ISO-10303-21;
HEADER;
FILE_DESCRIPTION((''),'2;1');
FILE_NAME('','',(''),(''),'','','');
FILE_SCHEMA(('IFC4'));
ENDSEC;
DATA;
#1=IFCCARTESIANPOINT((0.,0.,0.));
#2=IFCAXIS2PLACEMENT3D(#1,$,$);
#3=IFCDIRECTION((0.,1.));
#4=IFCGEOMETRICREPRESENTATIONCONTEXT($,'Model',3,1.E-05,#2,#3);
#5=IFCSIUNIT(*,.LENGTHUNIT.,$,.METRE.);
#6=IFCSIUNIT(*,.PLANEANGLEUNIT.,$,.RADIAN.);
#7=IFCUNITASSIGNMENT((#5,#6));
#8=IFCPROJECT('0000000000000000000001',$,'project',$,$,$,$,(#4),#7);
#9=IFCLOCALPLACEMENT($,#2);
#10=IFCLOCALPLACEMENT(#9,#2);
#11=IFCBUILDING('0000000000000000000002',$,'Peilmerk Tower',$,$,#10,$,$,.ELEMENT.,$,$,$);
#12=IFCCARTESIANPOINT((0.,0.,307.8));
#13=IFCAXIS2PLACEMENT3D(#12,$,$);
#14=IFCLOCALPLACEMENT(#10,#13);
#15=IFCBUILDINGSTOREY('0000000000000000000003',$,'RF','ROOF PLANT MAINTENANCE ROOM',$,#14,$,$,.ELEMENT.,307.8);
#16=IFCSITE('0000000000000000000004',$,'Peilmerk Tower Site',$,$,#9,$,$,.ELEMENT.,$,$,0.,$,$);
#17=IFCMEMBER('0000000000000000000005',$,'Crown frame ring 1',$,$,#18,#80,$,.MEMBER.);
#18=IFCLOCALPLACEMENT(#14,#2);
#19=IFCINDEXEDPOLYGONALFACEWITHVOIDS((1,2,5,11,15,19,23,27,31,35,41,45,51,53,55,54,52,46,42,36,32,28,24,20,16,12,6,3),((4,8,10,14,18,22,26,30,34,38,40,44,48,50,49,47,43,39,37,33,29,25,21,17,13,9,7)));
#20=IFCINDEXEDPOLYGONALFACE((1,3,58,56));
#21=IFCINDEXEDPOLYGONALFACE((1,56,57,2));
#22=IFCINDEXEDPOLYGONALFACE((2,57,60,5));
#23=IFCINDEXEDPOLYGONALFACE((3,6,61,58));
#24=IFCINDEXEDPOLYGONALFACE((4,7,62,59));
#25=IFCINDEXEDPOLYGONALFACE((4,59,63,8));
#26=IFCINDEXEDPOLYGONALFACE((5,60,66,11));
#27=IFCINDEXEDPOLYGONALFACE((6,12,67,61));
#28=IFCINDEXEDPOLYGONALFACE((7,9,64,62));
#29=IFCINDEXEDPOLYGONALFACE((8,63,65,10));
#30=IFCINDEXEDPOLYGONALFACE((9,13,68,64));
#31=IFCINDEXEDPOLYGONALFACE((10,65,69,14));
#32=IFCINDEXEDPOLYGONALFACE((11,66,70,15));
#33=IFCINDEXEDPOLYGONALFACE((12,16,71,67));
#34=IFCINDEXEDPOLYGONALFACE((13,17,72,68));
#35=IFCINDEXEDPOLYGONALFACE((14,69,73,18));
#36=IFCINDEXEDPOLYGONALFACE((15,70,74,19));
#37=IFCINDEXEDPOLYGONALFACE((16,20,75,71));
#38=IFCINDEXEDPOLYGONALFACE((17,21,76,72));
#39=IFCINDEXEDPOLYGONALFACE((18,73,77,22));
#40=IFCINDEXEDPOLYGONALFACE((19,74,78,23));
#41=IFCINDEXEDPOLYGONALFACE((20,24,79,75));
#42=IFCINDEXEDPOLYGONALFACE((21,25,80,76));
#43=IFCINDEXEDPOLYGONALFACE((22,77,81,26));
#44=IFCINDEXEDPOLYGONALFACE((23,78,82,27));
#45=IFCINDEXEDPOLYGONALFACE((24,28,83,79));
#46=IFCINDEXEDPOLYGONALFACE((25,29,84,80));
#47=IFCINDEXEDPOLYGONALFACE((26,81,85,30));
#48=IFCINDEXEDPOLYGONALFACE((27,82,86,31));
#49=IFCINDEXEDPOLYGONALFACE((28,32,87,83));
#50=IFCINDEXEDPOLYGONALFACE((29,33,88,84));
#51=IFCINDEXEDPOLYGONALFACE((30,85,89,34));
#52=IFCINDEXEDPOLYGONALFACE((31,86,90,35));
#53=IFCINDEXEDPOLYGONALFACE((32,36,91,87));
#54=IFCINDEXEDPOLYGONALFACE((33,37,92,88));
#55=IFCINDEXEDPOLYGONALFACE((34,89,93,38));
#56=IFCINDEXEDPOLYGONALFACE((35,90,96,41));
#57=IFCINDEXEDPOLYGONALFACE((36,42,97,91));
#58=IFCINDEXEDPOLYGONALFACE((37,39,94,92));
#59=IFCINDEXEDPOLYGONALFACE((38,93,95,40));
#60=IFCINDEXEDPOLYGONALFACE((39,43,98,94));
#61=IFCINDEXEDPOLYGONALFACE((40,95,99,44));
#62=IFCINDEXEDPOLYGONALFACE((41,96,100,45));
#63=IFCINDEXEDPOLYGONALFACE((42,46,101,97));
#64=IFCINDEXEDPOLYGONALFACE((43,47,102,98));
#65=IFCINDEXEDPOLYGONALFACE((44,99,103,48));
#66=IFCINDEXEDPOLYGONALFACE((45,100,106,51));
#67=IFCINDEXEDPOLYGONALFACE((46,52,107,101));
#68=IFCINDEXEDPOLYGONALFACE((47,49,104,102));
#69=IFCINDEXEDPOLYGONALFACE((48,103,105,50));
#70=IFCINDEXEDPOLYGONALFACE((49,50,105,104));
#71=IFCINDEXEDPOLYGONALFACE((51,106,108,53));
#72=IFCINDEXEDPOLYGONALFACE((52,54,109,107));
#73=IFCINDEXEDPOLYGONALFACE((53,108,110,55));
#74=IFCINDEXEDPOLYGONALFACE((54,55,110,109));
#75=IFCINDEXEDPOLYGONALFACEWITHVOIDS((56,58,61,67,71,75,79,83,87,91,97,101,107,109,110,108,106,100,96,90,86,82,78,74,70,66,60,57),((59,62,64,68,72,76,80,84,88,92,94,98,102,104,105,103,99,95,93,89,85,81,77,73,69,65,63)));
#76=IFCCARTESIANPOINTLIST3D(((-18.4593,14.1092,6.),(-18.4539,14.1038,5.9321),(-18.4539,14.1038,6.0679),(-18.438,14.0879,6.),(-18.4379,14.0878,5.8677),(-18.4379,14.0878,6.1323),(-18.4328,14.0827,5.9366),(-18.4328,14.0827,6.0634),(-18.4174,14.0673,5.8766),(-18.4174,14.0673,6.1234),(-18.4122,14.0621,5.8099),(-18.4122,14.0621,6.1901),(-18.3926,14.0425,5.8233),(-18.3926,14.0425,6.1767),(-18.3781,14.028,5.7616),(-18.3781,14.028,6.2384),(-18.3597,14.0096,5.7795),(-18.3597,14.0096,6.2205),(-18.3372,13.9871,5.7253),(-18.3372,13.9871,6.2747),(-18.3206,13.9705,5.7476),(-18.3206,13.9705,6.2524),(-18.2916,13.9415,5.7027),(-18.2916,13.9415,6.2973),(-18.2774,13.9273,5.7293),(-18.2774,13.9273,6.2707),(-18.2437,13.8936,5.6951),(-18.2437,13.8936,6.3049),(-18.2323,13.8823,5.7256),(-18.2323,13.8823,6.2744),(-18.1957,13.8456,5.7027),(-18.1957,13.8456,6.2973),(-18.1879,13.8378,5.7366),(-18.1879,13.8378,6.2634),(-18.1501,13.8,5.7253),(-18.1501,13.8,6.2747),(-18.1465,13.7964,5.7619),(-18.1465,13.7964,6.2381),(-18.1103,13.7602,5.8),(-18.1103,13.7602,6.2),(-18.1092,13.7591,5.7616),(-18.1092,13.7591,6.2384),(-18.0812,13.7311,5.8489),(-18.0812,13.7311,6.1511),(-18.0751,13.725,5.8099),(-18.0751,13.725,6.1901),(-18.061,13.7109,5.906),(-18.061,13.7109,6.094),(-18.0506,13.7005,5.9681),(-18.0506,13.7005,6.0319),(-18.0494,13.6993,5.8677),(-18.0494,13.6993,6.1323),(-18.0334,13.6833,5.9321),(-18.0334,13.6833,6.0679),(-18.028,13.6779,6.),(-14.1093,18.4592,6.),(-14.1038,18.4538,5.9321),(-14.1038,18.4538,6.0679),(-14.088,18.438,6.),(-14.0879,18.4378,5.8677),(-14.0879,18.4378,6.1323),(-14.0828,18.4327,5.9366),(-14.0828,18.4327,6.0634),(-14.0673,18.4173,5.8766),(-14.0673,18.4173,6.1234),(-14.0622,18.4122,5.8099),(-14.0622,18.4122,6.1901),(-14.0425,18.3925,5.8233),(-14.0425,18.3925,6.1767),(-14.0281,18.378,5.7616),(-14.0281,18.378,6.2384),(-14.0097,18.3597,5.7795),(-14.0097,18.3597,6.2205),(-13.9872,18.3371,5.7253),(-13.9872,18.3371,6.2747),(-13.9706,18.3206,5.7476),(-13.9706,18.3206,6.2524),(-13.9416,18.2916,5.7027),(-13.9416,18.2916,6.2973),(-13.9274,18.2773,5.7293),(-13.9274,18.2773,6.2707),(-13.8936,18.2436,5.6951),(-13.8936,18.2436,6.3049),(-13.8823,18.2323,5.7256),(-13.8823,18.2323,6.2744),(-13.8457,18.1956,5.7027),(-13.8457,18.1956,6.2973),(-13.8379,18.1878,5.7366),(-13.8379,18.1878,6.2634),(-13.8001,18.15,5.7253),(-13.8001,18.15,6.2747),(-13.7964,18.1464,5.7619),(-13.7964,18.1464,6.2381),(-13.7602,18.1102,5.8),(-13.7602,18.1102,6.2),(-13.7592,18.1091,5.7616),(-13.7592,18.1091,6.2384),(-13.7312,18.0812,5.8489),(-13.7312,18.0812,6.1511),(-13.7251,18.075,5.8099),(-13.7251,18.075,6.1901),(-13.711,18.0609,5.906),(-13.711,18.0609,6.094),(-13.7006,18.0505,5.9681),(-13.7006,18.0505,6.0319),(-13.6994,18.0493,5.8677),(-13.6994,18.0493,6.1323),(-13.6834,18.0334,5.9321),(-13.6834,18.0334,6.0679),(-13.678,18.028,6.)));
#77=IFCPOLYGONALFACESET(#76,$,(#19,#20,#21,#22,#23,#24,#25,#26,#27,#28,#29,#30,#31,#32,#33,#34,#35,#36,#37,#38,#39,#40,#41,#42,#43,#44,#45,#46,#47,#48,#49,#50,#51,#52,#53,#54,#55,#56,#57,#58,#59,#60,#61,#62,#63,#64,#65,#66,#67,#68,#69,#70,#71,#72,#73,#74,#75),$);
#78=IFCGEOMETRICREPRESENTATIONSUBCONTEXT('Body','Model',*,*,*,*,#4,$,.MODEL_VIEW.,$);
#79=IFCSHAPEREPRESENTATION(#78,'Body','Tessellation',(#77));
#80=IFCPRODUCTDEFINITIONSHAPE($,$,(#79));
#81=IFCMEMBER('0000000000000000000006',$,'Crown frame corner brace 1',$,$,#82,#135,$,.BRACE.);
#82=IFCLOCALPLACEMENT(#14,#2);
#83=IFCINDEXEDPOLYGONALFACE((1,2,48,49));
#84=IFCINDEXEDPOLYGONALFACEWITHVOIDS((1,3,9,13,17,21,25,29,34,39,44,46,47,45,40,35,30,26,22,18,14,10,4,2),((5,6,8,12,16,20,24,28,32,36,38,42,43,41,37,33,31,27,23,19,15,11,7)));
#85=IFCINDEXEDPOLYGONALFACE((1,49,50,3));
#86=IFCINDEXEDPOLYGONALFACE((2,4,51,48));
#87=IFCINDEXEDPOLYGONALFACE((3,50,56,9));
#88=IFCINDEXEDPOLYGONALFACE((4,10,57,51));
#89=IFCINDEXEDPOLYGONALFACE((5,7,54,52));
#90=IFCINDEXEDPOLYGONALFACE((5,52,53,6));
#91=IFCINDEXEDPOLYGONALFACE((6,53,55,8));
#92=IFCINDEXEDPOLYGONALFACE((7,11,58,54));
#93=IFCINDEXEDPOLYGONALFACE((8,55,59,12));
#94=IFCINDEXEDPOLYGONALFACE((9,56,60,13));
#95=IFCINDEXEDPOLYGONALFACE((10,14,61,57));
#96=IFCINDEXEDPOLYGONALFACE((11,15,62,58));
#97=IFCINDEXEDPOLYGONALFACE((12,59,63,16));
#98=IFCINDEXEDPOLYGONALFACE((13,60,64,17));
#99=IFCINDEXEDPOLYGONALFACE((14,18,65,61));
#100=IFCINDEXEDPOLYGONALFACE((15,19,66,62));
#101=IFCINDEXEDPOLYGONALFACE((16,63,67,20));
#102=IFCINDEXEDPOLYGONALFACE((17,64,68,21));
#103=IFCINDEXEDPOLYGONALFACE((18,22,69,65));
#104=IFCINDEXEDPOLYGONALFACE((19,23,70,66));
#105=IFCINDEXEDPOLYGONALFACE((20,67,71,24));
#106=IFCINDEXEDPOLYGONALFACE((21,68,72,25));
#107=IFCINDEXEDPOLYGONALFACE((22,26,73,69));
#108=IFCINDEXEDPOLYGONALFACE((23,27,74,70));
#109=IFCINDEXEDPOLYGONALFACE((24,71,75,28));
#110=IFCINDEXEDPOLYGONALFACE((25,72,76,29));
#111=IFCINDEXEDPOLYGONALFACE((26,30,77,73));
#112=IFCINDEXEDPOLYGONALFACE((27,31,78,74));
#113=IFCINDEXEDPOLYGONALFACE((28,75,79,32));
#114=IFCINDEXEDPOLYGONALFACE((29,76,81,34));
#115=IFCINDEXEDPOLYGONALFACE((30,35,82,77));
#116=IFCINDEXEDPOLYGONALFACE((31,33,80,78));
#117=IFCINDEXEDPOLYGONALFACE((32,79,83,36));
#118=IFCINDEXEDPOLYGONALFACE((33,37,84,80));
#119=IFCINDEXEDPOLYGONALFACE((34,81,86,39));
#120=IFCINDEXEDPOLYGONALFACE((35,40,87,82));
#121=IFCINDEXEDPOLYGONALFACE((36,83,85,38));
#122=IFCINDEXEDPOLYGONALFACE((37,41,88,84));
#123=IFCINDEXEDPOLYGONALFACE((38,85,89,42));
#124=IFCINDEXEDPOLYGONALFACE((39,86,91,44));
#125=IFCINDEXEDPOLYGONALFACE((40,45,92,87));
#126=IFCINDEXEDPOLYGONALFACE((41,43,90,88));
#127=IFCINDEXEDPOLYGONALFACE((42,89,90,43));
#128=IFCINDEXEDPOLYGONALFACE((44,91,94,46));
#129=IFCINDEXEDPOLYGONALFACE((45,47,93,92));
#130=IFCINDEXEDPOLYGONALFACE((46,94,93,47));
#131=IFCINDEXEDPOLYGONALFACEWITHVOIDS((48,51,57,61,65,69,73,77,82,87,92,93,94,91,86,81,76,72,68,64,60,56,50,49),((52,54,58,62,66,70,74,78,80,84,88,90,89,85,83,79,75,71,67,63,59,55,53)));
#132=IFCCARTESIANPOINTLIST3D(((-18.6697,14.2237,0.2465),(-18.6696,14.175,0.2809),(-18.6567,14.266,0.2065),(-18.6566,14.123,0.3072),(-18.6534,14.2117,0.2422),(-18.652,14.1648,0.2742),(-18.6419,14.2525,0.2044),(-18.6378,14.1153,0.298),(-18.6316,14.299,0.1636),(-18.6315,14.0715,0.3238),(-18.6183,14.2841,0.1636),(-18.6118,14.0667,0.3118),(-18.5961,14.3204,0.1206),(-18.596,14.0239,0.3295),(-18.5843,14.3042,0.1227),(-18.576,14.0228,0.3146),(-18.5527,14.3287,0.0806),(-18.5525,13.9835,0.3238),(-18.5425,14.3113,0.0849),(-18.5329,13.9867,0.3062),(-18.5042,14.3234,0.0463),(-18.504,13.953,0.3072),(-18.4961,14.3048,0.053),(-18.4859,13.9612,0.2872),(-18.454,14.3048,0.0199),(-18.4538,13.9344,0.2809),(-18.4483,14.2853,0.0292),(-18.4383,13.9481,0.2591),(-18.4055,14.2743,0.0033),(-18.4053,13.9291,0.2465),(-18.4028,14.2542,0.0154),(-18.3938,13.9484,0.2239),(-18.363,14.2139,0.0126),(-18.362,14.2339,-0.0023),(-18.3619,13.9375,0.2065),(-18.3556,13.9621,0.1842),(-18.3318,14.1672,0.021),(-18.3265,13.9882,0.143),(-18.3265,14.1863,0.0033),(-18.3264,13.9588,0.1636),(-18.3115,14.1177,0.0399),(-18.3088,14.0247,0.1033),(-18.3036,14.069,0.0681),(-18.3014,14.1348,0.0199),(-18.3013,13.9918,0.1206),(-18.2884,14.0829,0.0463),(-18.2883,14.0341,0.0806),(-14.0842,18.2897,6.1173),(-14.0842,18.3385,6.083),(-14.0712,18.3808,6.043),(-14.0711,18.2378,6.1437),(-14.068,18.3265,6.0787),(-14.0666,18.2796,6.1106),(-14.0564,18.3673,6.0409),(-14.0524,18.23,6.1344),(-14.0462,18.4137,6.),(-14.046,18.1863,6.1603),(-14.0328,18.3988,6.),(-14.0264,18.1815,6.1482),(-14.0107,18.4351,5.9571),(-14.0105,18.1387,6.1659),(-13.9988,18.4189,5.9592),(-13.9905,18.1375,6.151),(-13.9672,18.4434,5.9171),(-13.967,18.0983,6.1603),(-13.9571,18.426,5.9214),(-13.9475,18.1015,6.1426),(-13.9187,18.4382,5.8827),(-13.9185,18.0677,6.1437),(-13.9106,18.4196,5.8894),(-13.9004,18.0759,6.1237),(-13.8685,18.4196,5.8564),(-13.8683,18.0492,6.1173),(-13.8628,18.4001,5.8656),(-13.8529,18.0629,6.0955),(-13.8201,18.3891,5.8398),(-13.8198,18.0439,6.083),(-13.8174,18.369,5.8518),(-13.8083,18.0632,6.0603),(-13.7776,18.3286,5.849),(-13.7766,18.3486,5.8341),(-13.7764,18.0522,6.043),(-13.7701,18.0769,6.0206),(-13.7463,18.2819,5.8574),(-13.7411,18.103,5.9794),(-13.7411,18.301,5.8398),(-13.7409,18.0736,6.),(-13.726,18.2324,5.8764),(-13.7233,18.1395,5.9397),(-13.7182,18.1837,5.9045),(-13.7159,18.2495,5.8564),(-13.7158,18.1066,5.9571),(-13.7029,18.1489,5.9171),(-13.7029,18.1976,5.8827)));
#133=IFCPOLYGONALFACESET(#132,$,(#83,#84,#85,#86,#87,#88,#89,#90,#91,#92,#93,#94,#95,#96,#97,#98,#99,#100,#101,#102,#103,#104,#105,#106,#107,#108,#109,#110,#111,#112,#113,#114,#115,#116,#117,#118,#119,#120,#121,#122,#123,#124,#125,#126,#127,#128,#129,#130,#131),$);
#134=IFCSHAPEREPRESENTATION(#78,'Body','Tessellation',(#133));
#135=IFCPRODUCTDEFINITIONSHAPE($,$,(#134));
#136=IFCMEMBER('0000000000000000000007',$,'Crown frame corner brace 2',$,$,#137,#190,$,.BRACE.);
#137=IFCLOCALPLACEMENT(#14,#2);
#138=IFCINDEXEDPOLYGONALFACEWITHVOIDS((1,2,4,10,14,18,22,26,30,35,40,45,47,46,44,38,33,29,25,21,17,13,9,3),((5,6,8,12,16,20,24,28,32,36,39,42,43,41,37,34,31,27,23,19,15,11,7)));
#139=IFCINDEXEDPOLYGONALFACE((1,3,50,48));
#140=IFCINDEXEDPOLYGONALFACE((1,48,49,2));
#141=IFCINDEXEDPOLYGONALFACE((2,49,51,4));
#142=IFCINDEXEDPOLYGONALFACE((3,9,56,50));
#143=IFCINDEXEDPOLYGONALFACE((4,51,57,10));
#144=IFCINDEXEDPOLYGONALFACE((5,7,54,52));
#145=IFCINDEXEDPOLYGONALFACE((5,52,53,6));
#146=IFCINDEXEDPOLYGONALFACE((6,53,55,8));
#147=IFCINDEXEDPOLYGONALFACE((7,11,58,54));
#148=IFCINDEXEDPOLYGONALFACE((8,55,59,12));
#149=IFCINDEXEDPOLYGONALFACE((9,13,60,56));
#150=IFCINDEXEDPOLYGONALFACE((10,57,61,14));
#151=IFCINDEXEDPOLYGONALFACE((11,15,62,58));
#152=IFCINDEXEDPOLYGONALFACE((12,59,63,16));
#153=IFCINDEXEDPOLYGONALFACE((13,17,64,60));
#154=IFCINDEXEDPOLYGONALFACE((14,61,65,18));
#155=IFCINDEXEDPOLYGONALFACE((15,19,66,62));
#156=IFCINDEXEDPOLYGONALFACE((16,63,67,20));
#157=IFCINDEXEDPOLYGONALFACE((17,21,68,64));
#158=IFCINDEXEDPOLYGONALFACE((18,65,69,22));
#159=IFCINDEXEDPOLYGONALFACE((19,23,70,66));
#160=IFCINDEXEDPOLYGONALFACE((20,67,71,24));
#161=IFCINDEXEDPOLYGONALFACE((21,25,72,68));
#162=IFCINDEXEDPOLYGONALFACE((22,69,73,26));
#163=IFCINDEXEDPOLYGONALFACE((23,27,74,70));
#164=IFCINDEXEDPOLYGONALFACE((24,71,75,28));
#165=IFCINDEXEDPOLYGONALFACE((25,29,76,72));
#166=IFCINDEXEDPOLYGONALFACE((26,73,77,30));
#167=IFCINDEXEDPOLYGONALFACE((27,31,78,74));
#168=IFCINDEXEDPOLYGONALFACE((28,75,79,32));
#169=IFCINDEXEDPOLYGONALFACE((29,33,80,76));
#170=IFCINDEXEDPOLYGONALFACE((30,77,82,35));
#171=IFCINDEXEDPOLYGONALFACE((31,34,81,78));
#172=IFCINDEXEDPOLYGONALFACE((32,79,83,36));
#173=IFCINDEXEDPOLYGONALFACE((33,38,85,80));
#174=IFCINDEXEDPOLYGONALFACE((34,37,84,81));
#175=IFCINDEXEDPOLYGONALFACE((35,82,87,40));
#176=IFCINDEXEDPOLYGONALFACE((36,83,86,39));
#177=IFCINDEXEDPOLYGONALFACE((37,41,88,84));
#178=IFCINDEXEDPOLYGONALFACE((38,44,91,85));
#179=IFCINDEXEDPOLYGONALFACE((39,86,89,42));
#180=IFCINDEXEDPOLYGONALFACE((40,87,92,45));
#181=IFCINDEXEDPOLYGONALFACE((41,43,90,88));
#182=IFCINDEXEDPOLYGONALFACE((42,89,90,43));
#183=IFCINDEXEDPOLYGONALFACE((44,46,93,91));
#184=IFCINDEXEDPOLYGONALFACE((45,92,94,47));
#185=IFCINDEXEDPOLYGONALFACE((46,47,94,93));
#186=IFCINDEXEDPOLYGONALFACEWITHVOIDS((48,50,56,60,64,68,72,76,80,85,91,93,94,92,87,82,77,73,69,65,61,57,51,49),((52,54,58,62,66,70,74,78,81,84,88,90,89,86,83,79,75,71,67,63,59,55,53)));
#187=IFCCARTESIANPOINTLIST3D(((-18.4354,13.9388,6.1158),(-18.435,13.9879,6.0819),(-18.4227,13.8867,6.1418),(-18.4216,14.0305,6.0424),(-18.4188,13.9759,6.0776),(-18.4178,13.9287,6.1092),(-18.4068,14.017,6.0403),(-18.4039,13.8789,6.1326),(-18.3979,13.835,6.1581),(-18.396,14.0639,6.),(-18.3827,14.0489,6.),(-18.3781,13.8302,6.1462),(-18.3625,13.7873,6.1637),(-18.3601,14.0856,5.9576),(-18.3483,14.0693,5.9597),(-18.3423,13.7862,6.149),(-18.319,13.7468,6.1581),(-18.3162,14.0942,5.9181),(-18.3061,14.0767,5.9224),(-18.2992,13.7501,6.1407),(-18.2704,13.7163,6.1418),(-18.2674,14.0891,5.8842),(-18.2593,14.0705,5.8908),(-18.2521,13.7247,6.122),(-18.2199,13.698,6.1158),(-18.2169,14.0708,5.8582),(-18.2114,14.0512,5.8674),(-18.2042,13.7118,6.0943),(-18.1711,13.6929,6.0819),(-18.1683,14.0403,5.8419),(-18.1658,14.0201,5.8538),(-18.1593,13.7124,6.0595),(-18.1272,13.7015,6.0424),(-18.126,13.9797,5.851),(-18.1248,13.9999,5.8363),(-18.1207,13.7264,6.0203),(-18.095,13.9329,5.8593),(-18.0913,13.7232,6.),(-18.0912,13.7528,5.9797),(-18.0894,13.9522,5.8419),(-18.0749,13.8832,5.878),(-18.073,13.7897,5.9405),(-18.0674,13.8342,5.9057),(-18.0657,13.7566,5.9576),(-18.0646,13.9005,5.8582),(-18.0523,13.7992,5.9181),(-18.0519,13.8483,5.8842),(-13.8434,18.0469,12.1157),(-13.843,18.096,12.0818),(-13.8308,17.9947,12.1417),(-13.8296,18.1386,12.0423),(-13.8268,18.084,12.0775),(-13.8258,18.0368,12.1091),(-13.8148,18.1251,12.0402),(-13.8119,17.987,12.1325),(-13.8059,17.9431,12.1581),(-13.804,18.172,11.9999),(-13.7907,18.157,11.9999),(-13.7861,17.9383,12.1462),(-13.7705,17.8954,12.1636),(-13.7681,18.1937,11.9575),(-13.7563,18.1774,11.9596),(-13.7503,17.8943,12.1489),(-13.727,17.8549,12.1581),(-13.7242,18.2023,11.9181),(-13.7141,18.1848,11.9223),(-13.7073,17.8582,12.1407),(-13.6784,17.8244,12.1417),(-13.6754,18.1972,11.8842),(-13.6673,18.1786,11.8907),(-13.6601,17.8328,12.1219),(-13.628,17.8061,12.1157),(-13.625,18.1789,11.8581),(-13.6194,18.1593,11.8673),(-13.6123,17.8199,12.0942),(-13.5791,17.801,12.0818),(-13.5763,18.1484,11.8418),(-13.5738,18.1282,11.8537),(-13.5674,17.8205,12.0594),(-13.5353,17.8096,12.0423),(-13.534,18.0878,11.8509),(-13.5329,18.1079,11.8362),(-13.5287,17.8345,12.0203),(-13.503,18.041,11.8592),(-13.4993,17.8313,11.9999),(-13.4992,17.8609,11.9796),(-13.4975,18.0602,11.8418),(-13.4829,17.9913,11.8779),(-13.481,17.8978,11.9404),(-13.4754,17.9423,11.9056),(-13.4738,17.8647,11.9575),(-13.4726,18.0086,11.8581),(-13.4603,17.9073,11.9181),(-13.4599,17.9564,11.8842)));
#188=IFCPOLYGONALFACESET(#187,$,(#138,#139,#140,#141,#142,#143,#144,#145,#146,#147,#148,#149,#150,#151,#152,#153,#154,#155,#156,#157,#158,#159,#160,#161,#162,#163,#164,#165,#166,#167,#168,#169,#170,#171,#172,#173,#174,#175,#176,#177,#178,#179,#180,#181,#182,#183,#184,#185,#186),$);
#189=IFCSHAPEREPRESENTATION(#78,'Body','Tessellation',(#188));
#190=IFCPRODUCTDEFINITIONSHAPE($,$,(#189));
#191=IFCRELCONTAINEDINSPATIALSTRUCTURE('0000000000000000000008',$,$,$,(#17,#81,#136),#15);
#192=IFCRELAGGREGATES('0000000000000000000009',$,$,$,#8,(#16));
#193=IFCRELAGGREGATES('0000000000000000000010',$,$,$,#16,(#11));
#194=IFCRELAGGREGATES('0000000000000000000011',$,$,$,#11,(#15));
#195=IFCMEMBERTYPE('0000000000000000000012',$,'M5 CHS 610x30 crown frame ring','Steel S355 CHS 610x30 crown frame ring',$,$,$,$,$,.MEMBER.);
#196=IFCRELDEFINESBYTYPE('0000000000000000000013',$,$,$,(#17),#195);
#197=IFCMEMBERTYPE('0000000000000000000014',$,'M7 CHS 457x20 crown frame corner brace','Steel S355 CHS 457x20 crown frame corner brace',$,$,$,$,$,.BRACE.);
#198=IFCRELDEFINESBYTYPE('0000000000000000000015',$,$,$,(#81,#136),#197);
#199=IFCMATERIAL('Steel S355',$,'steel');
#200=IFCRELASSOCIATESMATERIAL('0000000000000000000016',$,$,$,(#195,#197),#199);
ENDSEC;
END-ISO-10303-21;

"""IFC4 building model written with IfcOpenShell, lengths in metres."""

from ifc_helpers import new_model, si_unit, direction, frame, origin, origin_2d, place, context, subcontext, project, spatial, hollow_circle, extrude, material, material_profile, profile_set, type_object, element, save


model = new_model("IFC4")

# Units and contexts
model_context = context("Model", 3, precision=1e-05, world=origin(), true_north=direction((0.0, 1.0)))
body_context = subcontext(model_context, "Body", "Model", "MODEL_VIEW")
ifc_project = project(units=[si_unit("LENGTHUNIT", "METRE"), si_unit("PLANEANGLEUNIT", "RADIAN")], contexts=[model_context])

# Site, building, storey
site_placement = place(None, origin())
site = spatial("IfcSite", under=ifc_project, at=site_placement, Name="Peilmerk Tower Site", CompositionType="ELEMENT", RefElevation=0.0)
building_placement = place(site_placement, origin())
building = spatial("IfcBuilding", under=site, at=building_placement, Name="Peilmerk Tower", CompositionType="ELEMENT")
storey_placement = place(building_placement, frame((0.0, 0.0, 307.8)))
storey = spatial("IfcBuildingStorey", under=building, at=storey_placement, Name="RF", Description="ROOF PLANT MAINTENANCE ROOM", CompositionType="ELEMENT", Elevation=307.8)

# Shared definitions
ifc_material_1 = material(Name="Steel S355", Category="steel")

# Members
ifc_material_profile_1 = material_profile(ifc_material_1, hollow_circle(Radius=0.3049, WallThickness=0.03, at=origin_2d()), Name="CHS 610x30")
ifc_profile_set_1 = profile_set([ifc_material_profile_1], Name="Steel S355")
member_type_1 = type_object("IfcMemberType", Name="M5 CHS 610x30 crown frame ring", Description="Steel S355 CHS 610x30 crown frame ring", PredefinedType="MEMBER", material=ifc_profile_set_1)
member_1_placement = place(storey_placement, frame((-18.2437, 13.8936, 6.0), z_axis=(0.707107, 0.707107, 0.0), x_axis=(-0.707107, 0.707107, 0.0)))
element("IfcMember", 1, at=member_1_placement, inside=storey, type_object=member_type_1, Name="Crown frame ring 1", PredefinedType="MEMBER", context=body_context, shape_type="SweptSolid", body=[
    extrude(hollow_circle(Radius=0.3049, WallThickness=0.03, at=origin_2d()), origin(), (0.0, 0.0, 1.0), 6.1519),
])
ifc_material_profile_2 = material_profile(ifc_material_1, hollow_circle(Radius=0.2285, WallThickness=0.02, at=origin_2d()), Name="CHS 457x20")
ifc_profile_set_2 = profile_set([ifc_material_profile_2], Name="Steel S355")
member_type_2 = type_object("IfcMemberType", Name="M7 CHS 457x20 crown frame corner brace", Description="Steel S355 CHS 457x20 crown frame corner brace", PredefinedType="BRACE", material=ifc_profile_set_2)
member_2_placement = place(storey_placement, frame((-18.479, 14.1289, 0.1636), z_axis=(0.54032, 0.484856, 0.687727), x_axis=(-0.667874, 0.744275, 0.0)))
element("IfcMember", 2, at=member_2_placement, inside=storey, type_object=member_type_2, Name="Crown frame corner brace 1", PredefinedType="BRACE", context=body_context, shape_type="SweptSolid", body=[
    extrude(hollow_circle(Radius=0.2285, WallThickness=0.02, at=origin_2d()), origin(), (0.0, 0.0, 1.0), 8.4866),
])
member_3_placement = place(storey_placement, frame((-18.2437, 13.8936, 6.0), z_axis=(0.533945, 0.47768, 0.697657), x_axis=(-0.666749, 0.745283, 0.0)))
element("IfcMember", 3, at=member_3_placement, inside=storey, type_object=member_type_2, Name="Crown frame corner brace 2", PredefinedType="BRACE", context=body_context, shape_type="SweptSolid", body=[
    extrude(hollow_circle(Radius=0.2285, WallThickness=0.02, at=origin_2d()), origin(), (0.0, 0.0, 1.0), 8.6001),
])

save(model, "model.ifc")
